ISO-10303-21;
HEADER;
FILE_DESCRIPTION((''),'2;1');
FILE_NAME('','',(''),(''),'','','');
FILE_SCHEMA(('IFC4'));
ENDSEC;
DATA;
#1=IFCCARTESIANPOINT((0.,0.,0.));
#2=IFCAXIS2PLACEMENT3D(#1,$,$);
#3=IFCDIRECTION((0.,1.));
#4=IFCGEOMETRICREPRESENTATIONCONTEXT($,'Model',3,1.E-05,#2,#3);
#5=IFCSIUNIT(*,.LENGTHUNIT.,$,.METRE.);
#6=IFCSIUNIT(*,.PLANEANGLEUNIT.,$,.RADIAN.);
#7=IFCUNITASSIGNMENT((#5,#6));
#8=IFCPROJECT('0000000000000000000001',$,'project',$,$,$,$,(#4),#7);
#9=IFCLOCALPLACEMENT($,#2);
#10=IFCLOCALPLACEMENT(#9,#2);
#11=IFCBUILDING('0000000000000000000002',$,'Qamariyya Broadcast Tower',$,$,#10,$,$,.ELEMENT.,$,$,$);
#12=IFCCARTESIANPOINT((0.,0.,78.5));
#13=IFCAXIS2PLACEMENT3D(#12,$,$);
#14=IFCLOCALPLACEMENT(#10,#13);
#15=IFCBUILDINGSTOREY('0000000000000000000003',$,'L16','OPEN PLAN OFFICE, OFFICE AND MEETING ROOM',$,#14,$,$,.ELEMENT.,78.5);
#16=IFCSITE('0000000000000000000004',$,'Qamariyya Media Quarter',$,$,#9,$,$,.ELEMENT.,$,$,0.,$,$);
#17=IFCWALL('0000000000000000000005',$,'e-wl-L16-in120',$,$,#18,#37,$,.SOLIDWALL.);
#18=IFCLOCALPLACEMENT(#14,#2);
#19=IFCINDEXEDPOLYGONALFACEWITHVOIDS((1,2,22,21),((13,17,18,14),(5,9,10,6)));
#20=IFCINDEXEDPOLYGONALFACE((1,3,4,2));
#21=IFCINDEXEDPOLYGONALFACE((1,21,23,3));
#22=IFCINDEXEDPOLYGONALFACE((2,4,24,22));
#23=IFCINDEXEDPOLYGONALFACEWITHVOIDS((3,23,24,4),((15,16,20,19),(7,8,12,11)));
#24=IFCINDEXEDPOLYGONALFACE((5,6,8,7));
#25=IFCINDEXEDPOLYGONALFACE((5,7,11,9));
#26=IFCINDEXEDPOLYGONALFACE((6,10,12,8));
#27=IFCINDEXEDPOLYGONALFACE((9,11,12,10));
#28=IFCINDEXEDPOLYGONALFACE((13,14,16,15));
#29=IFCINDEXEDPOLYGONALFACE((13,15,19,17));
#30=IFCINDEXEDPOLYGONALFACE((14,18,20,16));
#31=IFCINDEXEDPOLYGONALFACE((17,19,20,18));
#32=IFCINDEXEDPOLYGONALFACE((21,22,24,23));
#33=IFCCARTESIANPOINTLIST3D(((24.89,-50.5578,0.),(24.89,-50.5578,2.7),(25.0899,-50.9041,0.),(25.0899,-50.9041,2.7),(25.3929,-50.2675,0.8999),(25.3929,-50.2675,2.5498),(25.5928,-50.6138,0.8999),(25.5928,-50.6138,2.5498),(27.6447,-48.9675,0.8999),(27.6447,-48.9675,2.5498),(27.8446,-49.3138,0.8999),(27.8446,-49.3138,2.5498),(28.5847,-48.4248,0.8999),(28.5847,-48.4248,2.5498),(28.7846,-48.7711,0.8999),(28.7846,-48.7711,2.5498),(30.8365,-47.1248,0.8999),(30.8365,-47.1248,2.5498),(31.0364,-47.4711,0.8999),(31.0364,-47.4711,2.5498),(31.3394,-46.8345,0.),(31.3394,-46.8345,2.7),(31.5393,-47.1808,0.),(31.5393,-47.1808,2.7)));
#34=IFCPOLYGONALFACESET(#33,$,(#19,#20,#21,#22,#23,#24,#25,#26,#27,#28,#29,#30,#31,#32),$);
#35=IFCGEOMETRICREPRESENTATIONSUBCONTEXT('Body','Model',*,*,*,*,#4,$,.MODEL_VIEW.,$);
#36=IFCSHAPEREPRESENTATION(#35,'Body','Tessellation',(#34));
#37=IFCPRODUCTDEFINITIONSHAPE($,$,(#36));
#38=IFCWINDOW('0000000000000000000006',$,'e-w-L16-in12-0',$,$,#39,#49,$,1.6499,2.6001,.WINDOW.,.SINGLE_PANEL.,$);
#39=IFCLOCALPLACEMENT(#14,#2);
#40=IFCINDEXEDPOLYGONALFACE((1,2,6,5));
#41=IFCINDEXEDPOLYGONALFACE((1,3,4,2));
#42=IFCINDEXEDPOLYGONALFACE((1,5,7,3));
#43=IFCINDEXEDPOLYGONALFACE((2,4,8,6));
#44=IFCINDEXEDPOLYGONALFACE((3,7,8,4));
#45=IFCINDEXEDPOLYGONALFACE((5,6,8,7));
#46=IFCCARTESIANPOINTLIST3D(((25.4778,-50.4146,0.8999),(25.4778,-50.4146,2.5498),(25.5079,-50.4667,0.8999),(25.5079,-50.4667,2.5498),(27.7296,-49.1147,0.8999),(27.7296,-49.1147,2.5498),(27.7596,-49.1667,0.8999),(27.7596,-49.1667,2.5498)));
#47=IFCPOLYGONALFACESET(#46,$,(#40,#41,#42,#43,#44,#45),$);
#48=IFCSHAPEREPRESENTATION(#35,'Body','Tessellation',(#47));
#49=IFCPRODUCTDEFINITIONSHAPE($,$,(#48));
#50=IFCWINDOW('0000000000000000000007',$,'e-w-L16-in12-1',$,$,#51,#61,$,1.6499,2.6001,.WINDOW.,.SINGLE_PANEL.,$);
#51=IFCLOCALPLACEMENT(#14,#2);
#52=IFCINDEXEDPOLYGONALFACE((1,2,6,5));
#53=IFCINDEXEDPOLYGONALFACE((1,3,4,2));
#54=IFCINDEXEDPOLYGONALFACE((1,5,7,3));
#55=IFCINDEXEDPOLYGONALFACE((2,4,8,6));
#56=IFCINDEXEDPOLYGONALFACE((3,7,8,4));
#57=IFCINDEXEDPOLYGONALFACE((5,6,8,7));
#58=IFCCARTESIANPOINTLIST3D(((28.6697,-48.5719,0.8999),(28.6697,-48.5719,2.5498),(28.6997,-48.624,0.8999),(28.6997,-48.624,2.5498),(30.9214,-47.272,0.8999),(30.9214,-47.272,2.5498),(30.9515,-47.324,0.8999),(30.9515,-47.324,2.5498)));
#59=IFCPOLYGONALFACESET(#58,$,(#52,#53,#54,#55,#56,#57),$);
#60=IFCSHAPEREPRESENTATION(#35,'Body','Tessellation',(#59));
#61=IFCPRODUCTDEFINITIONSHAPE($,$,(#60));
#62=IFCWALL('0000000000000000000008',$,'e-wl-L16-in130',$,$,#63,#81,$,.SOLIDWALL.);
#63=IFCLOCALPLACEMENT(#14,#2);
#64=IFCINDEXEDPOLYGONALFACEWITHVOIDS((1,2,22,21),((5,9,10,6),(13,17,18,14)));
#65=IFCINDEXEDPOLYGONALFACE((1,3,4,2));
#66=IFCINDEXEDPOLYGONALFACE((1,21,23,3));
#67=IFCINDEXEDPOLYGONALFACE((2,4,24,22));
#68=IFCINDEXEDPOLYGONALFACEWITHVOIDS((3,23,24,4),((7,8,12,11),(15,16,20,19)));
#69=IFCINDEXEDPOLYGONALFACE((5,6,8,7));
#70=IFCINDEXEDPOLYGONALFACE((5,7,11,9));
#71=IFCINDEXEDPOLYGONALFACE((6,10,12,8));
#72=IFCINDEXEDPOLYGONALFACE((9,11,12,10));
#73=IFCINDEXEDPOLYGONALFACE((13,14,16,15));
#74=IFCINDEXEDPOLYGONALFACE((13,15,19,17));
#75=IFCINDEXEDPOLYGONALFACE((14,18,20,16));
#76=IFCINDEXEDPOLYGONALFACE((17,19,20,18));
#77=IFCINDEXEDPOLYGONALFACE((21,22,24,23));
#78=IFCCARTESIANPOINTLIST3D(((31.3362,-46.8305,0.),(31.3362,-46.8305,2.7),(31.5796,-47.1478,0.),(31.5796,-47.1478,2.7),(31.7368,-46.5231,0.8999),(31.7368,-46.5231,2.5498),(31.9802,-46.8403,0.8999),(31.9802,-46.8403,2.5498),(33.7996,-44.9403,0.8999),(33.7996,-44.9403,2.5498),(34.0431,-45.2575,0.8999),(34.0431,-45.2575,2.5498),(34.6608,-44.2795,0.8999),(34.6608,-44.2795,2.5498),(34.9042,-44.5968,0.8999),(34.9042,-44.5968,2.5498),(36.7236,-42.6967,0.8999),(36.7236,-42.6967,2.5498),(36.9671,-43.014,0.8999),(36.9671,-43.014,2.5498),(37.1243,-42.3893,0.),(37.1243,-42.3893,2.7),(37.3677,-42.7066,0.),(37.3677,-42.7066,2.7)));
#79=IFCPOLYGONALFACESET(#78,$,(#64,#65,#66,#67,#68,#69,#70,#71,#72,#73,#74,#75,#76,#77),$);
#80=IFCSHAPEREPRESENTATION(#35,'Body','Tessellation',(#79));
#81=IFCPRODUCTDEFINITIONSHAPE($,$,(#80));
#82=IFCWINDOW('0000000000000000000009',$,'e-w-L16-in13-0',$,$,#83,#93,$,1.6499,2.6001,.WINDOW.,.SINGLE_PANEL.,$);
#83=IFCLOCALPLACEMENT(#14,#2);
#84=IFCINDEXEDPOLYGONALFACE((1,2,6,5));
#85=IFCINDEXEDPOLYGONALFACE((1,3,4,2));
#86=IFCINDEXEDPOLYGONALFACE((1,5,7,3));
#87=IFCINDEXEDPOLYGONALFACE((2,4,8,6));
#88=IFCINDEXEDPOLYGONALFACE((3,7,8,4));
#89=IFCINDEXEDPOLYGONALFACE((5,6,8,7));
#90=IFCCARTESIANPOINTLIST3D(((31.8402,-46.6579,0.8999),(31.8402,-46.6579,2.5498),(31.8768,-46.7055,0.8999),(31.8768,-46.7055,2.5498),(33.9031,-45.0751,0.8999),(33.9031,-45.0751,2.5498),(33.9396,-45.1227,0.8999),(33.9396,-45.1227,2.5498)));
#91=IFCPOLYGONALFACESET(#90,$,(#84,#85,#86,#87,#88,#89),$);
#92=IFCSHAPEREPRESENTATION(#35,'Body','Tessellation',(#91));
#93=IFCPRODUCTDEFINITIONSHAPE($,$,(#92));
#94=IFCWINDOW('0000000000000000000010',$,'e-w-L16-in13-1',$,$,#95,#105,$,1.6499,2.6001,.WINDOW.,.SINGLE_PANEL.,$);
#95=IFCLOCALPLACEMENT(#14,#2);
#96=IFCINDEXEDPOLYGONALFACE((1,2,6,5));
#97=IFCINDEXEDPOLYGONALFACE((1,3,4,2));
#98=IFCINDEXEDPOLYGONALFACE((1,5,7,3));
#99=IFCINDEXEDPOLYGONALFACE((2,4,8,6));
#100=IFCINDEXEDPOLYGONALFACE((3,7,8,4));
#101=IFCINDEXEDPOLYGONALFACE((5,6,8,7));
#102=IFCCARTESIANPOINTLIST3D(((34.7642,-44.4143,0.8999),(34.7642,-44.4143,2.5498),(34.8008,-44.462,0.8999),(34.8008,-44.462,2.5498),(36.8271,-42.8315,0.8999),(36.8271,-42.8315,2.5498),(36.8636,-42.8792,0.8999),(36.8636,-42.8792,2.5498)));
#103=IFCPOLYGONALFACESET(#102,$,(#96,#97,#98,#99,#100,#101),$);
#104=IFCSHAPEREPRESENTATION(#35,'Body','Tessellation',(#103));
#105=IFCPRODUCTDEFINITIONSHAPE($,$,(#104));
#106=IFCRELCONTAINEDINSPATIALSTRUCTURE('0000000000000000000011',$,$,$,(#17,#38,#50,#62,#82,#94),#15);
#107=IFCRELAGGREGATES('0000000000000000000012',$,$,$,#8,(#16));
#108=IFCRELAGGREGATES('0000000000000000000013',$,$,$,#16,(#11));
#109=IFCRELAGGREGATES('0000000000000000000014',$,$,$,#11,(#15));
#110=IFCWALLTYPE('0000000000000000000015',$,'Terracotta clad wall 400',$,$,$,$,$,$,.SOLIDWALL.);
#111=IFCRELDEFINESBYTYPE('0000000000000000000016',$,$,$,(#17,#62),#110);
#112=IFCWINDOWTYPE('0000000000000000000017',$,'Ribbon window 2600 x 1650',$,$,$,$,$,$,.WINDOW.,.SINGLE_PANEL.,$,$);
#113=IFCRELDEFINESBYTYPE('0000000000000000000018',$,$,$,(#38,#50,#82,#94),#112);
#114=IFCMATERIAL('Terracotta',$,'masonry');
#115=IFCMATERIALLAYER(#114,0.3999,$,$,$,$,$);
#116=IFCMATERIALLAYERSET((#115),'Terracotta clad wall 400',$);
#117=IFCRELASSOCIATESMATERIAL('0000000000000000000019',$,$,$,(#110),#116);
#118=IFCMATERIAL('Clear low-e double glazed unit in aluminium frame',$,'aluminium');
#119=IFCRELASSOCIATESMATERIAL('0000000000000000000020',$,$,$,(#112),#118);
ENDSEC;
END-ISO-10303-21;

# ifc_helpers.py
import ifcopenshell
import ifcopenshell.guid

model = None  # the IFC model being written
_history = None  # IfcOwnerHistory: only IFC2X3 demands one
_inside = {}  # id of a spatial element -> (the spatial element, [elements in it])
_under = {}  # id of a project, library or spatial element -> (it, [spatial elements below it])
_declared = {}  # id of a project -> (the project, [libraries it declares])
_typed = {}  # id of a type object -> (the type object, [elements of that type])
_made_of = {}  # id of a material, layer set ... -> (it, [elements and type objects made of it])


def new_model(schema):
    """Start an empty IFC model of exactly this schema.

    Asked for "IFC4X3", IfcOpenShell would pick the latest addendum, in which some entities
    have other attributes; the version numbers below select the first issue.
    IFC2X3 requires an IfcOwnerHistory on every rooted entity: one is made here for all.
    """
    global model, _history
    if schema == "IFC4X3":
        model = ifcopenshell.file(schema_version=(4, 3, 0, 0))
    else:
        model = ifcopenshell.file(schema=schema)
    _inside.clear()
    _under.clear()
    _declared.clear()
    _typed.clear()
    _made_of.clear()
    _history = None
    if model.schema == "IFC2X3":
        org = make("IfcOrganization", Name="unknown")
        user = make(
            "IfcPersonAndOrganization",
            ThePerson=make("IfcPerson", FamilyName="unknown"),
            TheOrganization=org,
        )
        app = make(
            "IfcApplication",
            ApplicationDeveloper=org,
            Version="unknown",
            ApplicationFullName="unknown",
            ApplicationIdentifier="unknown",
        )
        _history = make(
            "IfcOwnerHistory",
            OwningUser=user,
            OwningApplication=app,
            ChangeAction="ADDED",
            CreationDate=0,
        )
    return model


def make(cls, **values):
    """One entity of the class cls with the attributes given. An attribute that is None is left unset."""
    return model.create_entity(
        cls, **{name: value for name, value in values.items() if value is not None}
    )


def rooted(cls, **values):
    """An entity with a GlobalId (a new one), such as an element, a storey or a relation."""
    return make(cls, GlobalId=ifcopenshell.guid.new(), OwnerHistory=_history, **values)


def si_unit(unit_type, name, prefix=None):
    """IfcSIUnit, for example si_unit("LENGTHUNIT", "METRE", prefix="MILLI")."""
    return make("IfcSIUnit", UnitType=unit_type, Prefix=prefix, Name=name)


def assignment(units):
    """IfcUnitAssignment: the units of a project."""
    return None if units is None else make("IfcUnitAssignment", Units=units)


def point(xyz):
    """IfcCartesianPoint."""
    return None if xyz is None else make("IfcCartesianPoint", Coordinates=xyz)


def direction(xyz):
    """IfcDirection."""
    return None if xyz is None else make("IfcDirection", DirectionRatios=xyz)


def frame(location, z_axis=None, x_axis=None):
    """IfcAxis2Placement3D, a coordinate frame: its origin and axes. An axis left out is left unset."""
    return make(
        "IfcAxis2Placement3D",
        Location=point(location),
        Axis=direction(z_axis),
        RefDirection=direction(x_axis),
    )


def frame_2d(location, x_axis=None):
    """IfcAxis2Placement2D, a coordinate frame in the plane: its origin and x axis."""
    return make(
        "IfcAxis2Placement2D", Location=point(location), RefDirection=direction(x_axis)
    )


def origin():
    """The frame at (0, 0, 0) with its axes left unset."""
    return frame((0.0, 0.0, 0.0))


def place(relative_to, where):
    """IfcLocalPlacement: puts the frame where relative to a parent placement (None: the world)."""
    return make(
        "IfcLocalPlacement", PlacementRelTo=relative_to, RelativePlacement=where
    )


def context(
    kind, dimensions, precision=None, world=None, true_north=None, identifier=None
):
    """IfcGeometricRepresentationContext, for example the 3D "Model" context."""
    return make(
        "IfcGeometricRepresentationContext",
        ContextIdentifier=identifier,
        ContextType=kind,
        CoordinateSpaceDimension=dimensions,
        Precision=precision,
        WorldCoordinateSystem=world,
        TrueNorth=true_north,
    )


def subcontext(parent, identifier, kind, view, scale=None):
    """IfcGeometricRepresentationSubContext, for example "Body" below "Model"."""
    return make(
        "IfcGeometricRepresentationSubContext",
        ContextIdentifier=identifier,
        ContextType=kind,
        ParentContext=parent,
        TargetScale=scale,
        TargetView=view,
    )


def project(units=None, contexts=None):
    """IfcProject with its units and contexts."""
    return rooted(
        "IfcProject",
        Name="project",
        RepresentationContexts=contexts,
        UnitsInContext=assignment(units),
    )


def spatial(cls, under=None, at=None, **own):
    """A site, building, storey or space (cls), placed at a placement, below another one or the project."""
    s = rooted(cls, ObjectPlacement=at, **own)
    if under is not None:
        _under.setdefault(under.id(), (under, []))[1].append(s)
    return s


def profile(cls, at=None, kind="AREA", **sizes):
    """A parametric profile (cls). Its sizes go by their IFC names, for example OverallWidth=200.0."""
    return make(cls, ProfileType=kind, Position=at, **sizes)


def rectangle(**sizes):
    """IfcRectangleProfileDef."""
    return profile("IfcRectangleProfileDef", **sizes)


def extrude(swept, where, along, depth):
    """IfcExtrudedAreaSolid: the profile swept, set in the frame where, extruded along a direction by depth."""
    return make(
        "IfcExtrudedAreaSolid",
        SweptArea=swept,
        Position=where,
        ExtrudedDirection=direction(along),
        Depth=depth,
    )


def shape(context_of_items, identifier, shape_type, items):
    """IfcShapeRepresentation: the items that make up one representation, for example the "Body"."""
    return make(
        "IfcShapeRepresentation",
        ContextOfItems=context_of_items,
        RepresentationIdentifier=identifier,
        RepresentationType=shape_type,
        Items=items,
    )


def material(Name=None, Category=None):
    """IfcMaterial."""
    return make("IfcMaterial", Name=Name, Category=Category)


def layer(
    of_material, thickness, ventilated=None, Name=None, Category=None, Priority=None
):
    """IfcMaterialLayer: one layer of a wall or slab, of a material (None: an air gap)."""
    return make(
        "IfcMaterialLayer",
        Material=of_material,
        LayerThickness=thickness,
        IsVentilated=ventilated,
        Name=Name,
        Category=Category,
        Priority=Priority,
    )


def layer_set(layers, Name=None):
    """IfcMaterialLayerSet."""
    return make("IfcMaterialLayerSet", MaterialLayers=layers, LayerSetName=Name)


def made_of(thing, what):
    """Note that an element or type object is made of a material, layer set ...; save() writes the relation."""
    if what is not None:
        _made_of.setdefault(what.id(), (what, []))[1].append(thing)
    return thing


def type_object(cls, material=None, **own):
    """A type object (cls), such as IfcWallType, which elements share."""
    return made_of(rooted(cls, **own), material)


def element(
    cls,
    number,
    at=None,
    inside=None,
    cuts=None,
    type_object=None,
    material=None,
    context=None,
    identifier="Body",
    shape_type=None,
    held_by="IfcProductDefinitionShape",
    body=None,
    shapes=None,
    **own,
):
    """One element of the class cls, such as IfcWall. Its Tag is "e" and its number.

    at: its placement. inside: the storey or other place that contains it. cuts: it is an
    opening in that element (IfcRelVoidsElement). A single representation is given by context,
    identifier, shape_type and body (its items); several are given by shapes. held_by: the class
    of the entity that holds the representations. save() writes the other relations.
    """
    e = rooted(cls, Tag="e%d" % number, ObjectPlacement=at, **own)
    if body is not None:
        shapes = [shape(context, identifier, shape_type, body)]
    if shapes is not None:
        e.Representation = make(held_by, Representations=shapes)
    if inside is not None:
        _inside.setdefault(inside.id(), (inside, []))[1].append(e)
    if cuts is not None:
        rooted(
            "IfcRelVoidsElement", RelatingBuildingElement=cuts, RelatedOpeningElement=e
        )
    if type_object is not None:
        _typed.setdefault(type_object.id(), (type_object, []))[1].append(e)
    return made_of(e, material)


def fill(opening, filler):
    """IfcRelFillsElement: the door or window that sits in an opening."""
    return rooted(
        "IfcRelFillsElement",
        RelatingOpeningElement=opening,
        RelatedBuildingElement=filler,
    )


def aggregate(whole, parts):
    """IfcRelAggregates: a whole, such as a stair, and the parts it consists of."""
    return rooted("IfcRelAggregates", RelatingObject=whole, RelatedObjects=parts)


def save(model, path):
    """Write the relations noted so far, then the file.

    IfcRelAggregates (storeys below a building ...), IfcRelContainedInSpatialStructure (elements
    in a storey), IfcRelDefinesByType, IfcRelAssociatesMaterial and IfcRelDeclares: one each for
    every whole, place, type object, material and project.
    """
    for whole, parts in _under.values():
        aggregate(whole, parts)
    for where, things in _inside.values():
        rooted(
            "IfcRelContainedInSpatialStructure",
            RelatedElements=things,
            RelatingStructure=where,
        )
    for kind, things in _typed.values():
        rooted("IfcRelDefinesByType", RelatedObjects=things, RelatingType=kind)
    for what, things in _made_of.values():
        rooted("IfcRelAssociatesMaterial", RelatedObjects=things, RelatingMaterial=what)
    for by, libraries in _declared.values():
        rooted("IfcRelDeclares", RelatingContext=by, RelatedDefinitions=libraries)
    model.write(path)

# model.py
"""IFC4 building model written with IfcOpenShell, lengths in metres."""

from ifc_helpers import new_model, si_unit, direction, frame, frame_2d, origin, place, context, subcontext, project, spatial, rectangle, extrude, material, layer, layer_set, type_object, element, fill, save


model = new_model("IFC4")

# Units and contexts
model_context = context("Model", 3, precision=1e-05, world=origin(), true_north=direction((0.0, 1.0)))
body_context = subcontext(model_context, "Body", "Model", "MODEL_VIEW")
ifc_project = project(units=[si_unit("LENGTHUNIT", "METRE"), si_unit("PLANEANGLEUNIT", "RADIAN")], contexts=[model_context])

# Site, building, storey
site_placement = place(None, origin())
site = spatial("IfcSite", under=ifc_project, at=site_placement, Name="Qamariyya Media Quarter", CompositionType="ELEMENT", RefElevation=0.0)
building_placement = place(site_placement, origin())
building = spatial("IfcBuilding", under=site, at=building_placement, Name="Qamariyya Broadcast Tower", CompositionType="ELEMENT")
storey_placement = place(building_placement, frame((0.0, 0.0, 78.5)))
storey = spatial("IfcBuildingStorey", under=building, at=storey_placement, Name="L16", Description="OPEN PLAN OFFICE, OFFICE AND MEETING ROOM", CompositionType="ELEMENT", Elevation=78.5)

# Walls, openings, windows
ifc_material_1 = material(Name="Terracotta", Category="masonry")
ifc_layer = layer(ifc_material_1, 0.3999)
ifc_layer_set = layer_set([ifc_layer], Name="Terracotta clad wall 400")
wall_type = type_object("IfcWallType", Name="Terracotta clad wall 400", PredefinedType="SOLIDWALL", material=ifc_layer_set)
wall_1_placement = place(storey_placement, frame((31.4395, -47.0076, 0.0), z_axis=(0.0, 0.0, 1.0), x_axis=(-0.866038, -0.499979, 0.0)))
wall_1 = element("IfcWall", 1, at=wall_1_placement, inside=storey, type_object=wall_type, Name="e-wl-L16-in120", PredefinedType="SOLIDWALL", context=body_context, shape_type="SweptSolid", body=[
    extrude(rectangle(XDim=7.447, YDim=0.3999, at=frame_2d((3.7236, 0.0))), origin(), (0.0, 0.0, 1.0), 2.7),
])
opening_1_placement = place(wall_1_placement, frame((4.2664, 0.0, 0.8999)))
opening_1 = element("IfcOpeningElement", 2, at=opening_1_placement, cuts=wall_1, PredefinedType="OPENING", context=body_context, shape_type="SweptSolid", body=[
    extrude(rectangle(XDim=2.6001, YDim=1.6499, at=frame_2d((1.3, 0.825))), frame((0.0, 0.21, 0.0), z_axis=(0.0, -1.0, 0.0), x_axis=(1.0, 0.0, 0.0)), (0.0, 0.0, 1.0), 0.4199),
])
opening_2_placement = place(wall_1_placement, frame((0.5808, 0.0, 0.8999)))
opening_2 = element("IfcOpeningElement", 3, at=opening_2_placement, cuts=wall_1, PredefinedType="OPENING", context=body_context, shape_type="SweptSolid", body=[
    extrude(rectangle(XDim=2.6001, YDim=1.6499, at=frame_2d((1.3, 0.825))), frame((0.0, 0.21, 0.0), z_axis=(0.0, -1.0, 0.0), x_axis=(1.0, 0.0, 0.0)), (0.0, 0.0, 1.0), 0.4199),
])
ifc_material_2 = material(Name="Clear low-e double glazed unit in aluminium frame", Category="aluminium")
window_type = type_object("IfcWindowType", Name="Ribbon window 2600 x 1650", PartitioningType="SINGLE_PANEL", PredefinedType="WINDOW", material=ifc_material_2)
window_1_placement = place(opening_1_placement, origin())
window_1 = element("IfcWindow", 4, at=window_1_placement, inside=storey, type_object=window_type, Name="e-w-L16-in12-0", OverallHeight=1.6499, OverallWidth=2.6001, PartitioningType="SINGLE_PANEL", PredefinedType="WINDOW", context=body_context, shape_type="SweptSolid", body=[
    extrude(rectangle(XDim=2.6001, YDim=1.6499, at=frame_2d((1.3, 0.825))), frame((0.0, 0.03, 0.0), z_axis=(0.0, -1.0, 0.0), x_axis=(1.0, 0.0, 0.0)), (0.0, 0.0, 1.0), 0.0601),
])
fill(opening_1, window_1)
window_2_placement = place(opening_2_placement, origin())
window_2 = element("IfcWindow", 5, at=window_2_placement, inside=storey, type_object=window_type, Name="e-w-L16-in12-1", OverallHeight=1.6499, OverallWidth=2.6001, PartitioningType="SINGLE_PANEL", PredefinedType="WINDOW", context=body_context, shape_type="SweptSolid", body=[
    extrude(rectangle(XDim=2.6001, YDim=1.6499, at=frame_2d((1.3, 0.825))), frame((0.0, 0.03, 0.0), z_axis=(0.0, -1.0, 0.0), x_axis=(1.0, 0.0, 0.0)), (0.0, 0.0, 1.0), 0.0601),
])
fill(opening_2, window_2)
wall_2_placement = place(storey_placement, frame((37.2461, -42.5479, 0.0), z_axis=(0.0, 0.0, 1.0), x_axis=(-0.793366, -0.608745, 0.0)))
wall_2 = element("IfcWall", 6, at=wall_2_placement, inside=storey, type_object=wall_type, Name="e-wl-L16-in130", PredefinedType="SOLIDWALL", context=body_context, shape_type="SweptSolid", body=[
    extrude(rectangle(XDim=7.2957, YDim=0.3999, at=frame_2d((3.6479, 0.0))), origin(), (0.0, 0.0, 1.0), 2.7),
])
opening_3_placement = place(wall_2_placement, frame((4.1907, 0.0, 0.8999)))
opening_3 = element("IfcOpeningElement", 7, at=opening_3_placement, cuts=wall_2, PredefinedType="OPENING", context=body_context, shape_type="SweptSolid", body=[
    extrude(rectangle(XDim=2.6001, YDim=1.6499, at=frame_2d((1.3, 0.825))), frame((0.0, 0.21, 0.0), z_axis=(0.0, -1.0, 0.0), x_axis=(1.0, 0.0, 0.0)), (0.0, 0.0, 1.0), 0.4199),
])
opening_4_placement = place(wall_2_placement, frame((0.5051, 0.0, 0.8999)))
opening_4 = element("IfcOpeningElement", 8, at=opening_4_placement, cuts=wall_2, PredefinedType="OPENING", context=body_context, shape_type="SweptSolid", body=[
    extrude(rectangle(XDim=2.6001, YDim=1.6499, at=frame_2d((1.3, 0.825))), frame((0.0, 0.21, 0.0), z_axis=(0.0, -1.0, 0.0), x_axis=(1.0, 0.0, 0.0)), (0.0, 0.0, 1.0), 0.4199),
])
window_3_placement = place(opening_3_placement, origin())
window_3 = element("IfcWindow", 9, at=window_3_placement, inside=storey, type_object=window_type, Name="e-w-L16-in13-0", OverallHeight=1.6499, OverallWidth=2.6001, PartitioningType="SINGLE_PANEL", PredefinedType="WINDOW", context=body_context, shape_type="SweptSolid", body=[
    extrude(rectangle(XDim=2.6001, YDim=1.6499, at=frame_2d((1.3, 0.825))), frame((0.0, 0.03, 0.0), z_axis=(0.0, -1.0, 0.0), x_axis=(1.0, 0.0, 0.0)), (0.0, 0.0, 1.0), 0.0601),
])
fill(opening_3, window_3)
window_4_placement = place(opening_4_placement, origin())
window_4 = element("IfcWindow", 10, at=window_4_placement, inside=storey, type_object=window_type, Name="e-w-L16-in13-1", OverallHeight=1.6499, OverallWidth=2.6001, PartitioningType="SINGLE_PANEL", PredefinedType="WINDOW", context=body_context, shape_type="SweptSolid", body=[
    extrude(rectangle(XDim=2.6001, YDim=1.6499, at=frame_2d((1.3, 0.825))), frame((0.0, 0.03, 0.0), z_axis=(0.0, -1.0, 0.0), x_axis=(1.0, 0.0, 0.0)), (0.0, 0.0, 1.0), 0.0601),
])
fill(opening_4, window_4)

save(model, "model.ifc")
